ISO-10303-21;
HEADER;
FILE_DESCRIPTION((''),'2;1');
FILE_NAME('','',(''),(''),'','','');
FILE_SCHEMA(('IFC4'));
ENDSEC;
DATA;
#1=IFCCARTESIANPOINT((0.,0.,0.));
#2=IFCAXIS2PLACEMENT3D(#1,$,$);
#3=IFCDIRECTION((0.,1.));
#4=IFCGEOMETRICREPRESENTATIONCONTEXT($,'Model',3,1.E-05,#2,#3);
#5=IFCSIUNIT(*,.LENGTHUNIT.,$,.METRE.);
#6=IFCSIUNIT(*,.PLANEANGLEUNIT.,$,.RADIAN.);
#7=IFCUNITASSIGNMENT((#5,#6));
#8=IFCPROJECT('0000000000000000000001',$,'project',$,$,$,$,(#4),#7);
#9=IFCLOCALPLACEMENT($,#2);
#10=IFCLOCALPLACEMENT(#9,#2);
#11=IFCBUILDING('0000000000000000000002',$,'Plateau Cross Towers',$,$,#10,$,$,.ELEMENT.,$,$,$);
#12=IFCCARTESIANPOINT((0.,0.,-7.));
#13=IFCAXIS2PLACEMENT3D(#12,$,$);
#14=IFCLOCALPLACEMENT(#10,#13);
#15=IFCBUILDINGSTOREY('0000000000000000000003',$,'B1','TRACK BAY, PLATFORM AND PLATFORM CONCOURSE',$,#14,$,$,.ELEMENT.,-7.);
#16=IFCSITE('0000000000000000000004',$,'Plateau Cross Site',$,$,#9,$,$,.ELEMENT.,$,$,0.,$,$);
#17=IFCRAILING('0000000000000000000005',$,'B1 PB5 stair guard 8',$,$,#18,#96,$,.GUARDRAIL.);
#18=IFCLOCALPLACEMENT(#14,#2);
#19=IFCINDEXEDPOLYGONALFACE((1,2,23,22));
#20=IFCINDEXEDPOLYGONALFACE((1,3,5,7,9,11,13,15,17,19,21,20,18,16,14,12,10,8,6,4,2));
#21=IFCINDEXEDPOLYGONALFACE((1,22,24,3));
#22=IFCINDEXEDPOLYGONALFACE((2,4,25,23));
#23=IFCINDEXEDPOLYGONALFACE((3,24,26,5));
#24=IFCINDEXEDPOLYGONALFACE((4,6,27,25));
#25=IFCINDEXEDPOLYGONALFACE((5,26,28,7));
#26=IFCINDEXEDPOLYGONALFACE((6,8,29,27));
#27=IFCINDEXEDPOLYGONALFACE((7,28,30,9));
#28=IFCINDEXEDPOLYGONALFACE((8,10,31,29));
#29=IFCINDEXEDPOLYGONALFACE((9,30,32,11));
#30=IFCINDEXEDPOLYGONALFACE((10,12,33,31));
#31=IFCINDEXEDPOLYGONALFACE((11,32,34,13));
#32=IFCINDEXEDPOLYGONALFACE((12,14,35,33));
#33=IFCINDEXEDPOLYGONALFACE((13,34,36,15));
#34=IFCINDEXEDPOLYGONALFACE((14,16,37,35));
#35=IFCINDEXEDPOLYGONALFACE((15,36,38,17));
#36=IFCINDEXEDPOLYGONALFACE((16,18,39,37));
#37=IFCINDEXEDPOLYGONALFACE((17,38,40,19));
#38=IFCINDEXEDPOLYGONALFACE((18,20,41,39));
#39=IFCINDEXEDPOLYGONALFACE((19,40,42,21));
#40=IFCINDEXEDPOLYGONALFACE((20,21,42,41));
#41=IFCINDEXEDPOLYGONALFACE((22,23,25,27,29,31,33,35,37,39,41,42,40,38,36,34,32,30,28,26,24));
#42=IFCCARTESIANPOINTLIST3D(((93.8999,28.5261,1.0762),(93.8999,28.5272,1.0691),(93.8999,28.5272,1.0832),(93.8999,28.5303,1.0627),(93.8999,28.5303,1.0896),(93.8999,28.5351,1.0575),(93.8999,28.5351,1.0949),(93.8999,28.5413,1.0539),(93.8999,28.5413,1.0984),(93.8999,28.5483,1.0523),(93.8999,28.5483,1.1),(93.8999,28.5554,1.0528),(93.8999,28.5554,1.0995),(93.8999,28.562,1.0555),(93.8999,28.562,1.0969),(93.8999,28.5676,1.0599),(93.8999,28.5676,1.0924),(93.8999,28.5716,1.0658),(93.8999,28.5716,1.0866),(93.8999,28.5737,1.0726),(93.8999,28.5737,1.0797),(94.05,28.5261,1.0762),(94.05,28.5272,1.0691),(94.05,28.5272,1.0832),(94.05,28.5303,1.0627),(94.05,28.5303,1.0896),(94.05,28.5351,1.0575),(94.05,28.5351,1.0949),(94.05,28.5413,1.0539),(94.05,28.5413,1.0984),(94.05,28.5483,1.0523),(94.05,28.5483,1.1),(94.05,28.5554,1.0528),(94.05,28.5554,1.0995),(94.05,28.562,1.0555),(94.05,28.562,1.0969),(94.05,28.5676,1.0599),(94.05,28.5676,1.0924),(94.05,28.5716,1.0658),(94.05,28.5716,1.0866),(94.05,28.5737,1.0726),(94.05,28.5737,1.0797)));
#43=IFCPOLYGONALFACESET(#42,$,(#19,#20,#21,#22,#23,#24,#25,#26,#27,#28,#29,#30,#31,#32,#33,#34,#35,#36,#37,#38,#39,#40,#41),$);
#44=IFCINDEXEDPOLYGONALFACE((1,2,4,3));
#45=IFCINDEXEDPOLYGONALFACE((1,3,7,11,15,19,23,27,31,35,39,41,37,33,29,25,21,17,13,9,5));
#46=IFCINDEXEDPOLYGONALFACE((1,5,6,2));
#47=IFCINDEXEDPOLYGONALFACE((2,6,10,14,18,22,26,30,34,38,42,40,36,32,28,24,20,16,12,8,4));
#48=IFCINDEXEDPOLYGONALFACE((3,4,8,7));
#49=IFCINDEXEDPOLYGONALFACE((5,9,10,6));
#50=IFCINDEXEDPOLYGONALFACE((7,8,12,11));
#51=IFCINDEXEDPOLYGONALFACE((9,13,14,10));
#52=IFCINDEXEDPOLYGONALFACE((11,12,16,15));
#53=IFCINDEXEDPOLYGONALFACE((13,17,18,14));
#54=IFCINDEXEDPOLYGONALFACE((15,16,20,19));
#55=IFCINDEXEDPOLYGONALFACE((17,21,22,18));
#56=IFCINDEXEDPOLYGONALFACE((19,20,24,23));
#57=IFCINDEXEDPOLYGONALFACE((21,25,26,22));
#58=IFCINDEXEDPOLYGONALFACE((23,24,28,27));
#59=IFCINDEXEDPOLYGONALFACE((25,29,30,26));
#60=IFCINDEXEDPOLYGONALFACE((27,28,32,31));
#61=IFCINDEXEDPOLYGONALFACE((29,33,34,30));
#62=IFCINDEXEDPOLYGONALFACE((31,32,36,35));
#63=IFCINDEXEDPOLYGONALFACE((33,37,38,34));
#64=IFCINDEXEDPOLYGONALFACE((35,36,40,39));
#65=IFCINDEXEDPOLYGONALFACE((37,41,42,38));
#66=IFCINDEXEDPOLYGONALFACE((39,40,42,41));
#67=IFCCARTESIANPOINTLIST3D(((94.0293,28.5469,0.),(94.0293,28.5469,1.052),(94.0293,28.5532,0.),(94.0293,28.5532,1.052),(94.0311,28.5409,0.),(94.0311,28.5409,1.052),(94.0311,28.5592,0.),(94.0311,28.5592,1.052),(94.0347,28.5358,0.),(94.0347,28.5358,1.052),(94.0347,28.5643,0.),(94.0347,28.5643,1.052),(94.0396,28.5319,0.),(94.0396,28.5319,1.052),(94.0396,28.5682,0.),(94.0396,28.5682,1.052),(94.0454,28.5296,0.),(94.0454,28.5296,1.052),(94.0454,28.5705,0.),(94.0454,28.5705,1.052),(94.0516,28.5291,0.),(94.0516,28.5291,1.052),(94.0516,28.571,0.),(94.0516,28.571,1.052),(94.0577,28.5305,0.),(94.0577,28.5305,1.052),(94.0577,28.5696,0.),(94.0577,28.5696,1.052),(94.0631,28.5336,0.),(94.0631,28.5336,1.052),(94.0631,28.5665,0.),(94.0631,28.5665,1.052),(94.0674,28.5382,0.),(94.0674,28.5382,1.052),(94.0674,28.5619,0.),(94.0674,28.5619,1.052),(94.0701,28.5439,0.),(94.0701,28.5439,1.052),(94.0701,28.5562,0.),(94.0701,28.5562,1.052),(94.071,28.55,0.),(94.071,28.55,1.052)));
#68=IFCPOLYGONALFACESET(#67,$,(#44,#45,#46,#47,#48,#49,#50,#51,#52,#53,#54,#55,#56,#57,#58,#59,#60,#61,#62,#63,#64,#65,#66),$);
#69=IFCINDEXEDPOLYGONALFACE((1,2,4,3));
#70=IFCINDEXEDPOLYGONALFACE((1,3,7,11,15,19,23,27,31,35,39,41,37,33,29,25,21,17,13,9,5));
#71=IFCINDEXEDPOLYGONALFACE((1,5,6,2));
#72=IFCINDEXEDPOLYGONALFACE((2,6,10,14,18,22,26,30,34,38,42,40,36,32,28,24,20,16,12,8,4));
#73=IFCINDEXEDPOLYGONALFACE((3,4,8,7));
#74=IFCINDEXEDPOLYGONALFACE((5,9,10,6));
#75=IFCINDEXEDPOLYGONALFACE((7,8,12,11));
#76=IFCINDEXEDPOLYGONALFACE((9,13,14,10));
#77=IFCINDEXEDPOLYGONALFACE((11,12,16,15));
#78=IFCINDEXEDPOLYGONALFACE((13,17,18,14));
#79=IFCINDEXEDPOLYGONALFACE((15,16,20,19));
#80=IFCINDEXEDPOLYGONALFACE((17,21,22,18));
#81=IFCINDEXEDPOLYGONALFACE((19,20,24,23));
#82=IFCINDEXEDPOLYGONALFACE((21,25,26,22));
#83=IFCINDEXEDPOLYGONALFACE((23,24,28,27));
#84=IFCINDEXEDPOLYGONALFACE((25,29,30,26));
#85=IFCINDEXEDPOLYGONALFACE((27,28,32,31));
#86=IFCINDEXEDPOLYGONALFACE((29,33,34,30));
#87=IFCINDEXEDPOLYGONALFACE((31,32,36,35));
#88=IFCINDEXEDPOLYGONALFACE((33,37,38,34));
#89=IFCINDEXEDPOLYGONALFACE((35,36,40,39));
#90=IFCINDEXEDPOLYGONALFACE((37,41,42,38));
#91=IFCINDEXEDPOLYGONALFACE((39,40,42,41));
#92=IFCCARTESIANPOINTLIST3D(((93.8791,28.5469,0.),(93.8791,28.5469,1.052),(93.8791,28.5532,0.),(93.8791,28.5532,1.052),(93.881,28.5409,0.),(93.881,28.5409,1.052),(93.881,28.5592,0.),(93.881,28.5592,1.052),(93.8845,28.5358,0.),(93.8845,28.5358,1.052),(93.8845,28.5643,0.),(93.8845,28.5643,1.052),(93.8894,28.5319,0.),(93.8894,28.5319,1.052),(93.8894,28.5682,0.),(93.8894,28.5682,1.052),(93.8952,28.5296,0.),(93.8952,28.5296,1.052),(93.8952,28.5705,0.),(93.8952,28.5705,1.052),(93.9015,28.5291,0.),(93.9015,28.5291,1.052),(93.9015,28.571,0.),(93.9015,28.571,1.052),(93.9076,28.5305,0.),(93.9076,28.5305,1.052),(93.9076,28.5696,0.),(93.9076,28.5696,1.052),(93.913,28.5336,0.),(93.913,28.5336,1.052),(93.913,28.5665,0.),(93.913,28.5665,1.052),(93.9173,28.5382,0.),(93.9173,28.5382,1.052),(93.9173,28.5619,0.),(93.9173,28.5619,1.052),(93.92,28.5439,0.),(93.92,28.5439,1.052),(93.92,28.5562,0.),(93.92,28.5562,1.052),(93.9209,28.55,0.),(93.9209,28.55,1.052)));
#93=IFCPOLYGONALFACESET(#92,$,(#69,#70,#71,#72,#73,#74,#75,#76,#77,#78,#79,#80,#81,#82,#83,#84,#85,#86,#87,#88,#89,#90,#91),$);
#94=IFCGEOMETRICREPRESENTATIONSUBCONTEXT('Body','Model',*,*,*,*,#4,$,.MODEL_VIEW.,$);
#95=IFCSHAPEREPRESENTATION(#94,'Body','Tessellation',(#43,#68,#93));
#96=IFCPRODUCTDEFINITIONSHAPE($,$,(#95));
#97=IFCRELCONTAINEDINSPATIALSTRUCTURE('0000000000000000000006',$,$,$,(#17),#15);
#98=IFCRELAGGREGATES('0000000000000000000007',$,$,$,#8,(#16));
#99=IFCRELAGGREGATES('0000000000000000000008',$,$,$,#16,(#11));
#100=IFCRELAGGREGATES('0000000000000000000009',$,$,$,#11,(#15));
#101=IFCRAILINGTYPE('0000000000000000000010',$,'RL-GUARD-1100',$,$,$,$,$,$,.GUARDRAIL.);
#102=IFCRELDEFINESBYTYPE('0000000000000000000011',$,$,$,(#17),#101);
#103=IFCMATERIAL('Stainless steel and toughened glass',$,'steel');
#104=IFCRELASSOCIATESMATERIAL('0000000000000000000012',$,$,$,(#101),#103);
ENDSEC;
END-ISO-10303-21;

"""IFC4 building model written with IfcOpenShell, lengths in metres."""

from ifc_helpers import new_model, si_unit, direction, frame, origin, origin_2d, place, context, subcontext, project, spatial, circle, extrude, material, type_object, element, save


model = new_model("IFC4")

# Units and contexts
model_context = context("Model", 3, precision=1e-05, world=origin(), true_north=direction((0.0, 1.0)))
body_context = subcontext(model_context, "Body", "Model", "MODEL_VIEW")
ifc_project = project(units=[si_unit("LENGTHUNIT", "METRE"), si_unit("PLANEANGLEUNIT", "RADIAN")], contexts=[model_context])

# Site, building, storey
site_placement = place(None, origin())
site = spatial("IfcSite", under=ifc_project, at=site_placement, Name="Plateau Cross Site", CompositionType="ELEMENT", RefElevation=0.0)
building_placement = place(site_placement, origin())
building = spatial("IfcBuilding", under=site, at=building_placement, Name="Plateau Cross Towers", CompositionType="ELEMENT")
storey_placement = place(building_placement, frame((0.0, 0.0, -7.0)))
storey = spatial("IfcBuildingStorey", under=building, at=storey_placement, Name="B1", Description="TRACK BAY, PLATFORM AND PLATFORM CONCOURSE", CompositionType="ELEMENT", Elevation=-7.0)

# Railing
ifc_material_1 = material(Name="Stainless steel and toughened glass", Category="steel")
railing_type_1 = type_object("IfcRailingType", Name="RL-GUARD-1100", PredefinedType="GUARDRAIL", material=ifc_material_1)
railing_1_placement = place(storey_placement, frame((94.05, 28.55, 0.0)))
element("IfcRailing", 1, at=railing_1_placement, inside=storey, type_object=railing_type_1, Name="B1 PB5 stair guard 8", PredefinedType="GUARDRAIL", context=body_context, shape_type="SweptSolid", body=[
    extrude(circle(Radius=0.0239, at=origin_2d()), frame((0.0, 0.0, 1.0762), z_axis=(-1.0, 0.0, 0.0), x_axis=(0.0, -1.0, 0.0)), (0.0, 0.0, 1.0), 0.1501),
    extrude(circle(Radius=0.021, at=origin_2d()), origin(), (0.0, 0.0, 1.0), 1.052),
    extrude(circle(Radius=0.021, at=origin_2d()), frame((-0.1501, 0.0, 0.0)), (0.0, 0.0, 1.0), 1.052),
])

save(model, "model.ifc")
